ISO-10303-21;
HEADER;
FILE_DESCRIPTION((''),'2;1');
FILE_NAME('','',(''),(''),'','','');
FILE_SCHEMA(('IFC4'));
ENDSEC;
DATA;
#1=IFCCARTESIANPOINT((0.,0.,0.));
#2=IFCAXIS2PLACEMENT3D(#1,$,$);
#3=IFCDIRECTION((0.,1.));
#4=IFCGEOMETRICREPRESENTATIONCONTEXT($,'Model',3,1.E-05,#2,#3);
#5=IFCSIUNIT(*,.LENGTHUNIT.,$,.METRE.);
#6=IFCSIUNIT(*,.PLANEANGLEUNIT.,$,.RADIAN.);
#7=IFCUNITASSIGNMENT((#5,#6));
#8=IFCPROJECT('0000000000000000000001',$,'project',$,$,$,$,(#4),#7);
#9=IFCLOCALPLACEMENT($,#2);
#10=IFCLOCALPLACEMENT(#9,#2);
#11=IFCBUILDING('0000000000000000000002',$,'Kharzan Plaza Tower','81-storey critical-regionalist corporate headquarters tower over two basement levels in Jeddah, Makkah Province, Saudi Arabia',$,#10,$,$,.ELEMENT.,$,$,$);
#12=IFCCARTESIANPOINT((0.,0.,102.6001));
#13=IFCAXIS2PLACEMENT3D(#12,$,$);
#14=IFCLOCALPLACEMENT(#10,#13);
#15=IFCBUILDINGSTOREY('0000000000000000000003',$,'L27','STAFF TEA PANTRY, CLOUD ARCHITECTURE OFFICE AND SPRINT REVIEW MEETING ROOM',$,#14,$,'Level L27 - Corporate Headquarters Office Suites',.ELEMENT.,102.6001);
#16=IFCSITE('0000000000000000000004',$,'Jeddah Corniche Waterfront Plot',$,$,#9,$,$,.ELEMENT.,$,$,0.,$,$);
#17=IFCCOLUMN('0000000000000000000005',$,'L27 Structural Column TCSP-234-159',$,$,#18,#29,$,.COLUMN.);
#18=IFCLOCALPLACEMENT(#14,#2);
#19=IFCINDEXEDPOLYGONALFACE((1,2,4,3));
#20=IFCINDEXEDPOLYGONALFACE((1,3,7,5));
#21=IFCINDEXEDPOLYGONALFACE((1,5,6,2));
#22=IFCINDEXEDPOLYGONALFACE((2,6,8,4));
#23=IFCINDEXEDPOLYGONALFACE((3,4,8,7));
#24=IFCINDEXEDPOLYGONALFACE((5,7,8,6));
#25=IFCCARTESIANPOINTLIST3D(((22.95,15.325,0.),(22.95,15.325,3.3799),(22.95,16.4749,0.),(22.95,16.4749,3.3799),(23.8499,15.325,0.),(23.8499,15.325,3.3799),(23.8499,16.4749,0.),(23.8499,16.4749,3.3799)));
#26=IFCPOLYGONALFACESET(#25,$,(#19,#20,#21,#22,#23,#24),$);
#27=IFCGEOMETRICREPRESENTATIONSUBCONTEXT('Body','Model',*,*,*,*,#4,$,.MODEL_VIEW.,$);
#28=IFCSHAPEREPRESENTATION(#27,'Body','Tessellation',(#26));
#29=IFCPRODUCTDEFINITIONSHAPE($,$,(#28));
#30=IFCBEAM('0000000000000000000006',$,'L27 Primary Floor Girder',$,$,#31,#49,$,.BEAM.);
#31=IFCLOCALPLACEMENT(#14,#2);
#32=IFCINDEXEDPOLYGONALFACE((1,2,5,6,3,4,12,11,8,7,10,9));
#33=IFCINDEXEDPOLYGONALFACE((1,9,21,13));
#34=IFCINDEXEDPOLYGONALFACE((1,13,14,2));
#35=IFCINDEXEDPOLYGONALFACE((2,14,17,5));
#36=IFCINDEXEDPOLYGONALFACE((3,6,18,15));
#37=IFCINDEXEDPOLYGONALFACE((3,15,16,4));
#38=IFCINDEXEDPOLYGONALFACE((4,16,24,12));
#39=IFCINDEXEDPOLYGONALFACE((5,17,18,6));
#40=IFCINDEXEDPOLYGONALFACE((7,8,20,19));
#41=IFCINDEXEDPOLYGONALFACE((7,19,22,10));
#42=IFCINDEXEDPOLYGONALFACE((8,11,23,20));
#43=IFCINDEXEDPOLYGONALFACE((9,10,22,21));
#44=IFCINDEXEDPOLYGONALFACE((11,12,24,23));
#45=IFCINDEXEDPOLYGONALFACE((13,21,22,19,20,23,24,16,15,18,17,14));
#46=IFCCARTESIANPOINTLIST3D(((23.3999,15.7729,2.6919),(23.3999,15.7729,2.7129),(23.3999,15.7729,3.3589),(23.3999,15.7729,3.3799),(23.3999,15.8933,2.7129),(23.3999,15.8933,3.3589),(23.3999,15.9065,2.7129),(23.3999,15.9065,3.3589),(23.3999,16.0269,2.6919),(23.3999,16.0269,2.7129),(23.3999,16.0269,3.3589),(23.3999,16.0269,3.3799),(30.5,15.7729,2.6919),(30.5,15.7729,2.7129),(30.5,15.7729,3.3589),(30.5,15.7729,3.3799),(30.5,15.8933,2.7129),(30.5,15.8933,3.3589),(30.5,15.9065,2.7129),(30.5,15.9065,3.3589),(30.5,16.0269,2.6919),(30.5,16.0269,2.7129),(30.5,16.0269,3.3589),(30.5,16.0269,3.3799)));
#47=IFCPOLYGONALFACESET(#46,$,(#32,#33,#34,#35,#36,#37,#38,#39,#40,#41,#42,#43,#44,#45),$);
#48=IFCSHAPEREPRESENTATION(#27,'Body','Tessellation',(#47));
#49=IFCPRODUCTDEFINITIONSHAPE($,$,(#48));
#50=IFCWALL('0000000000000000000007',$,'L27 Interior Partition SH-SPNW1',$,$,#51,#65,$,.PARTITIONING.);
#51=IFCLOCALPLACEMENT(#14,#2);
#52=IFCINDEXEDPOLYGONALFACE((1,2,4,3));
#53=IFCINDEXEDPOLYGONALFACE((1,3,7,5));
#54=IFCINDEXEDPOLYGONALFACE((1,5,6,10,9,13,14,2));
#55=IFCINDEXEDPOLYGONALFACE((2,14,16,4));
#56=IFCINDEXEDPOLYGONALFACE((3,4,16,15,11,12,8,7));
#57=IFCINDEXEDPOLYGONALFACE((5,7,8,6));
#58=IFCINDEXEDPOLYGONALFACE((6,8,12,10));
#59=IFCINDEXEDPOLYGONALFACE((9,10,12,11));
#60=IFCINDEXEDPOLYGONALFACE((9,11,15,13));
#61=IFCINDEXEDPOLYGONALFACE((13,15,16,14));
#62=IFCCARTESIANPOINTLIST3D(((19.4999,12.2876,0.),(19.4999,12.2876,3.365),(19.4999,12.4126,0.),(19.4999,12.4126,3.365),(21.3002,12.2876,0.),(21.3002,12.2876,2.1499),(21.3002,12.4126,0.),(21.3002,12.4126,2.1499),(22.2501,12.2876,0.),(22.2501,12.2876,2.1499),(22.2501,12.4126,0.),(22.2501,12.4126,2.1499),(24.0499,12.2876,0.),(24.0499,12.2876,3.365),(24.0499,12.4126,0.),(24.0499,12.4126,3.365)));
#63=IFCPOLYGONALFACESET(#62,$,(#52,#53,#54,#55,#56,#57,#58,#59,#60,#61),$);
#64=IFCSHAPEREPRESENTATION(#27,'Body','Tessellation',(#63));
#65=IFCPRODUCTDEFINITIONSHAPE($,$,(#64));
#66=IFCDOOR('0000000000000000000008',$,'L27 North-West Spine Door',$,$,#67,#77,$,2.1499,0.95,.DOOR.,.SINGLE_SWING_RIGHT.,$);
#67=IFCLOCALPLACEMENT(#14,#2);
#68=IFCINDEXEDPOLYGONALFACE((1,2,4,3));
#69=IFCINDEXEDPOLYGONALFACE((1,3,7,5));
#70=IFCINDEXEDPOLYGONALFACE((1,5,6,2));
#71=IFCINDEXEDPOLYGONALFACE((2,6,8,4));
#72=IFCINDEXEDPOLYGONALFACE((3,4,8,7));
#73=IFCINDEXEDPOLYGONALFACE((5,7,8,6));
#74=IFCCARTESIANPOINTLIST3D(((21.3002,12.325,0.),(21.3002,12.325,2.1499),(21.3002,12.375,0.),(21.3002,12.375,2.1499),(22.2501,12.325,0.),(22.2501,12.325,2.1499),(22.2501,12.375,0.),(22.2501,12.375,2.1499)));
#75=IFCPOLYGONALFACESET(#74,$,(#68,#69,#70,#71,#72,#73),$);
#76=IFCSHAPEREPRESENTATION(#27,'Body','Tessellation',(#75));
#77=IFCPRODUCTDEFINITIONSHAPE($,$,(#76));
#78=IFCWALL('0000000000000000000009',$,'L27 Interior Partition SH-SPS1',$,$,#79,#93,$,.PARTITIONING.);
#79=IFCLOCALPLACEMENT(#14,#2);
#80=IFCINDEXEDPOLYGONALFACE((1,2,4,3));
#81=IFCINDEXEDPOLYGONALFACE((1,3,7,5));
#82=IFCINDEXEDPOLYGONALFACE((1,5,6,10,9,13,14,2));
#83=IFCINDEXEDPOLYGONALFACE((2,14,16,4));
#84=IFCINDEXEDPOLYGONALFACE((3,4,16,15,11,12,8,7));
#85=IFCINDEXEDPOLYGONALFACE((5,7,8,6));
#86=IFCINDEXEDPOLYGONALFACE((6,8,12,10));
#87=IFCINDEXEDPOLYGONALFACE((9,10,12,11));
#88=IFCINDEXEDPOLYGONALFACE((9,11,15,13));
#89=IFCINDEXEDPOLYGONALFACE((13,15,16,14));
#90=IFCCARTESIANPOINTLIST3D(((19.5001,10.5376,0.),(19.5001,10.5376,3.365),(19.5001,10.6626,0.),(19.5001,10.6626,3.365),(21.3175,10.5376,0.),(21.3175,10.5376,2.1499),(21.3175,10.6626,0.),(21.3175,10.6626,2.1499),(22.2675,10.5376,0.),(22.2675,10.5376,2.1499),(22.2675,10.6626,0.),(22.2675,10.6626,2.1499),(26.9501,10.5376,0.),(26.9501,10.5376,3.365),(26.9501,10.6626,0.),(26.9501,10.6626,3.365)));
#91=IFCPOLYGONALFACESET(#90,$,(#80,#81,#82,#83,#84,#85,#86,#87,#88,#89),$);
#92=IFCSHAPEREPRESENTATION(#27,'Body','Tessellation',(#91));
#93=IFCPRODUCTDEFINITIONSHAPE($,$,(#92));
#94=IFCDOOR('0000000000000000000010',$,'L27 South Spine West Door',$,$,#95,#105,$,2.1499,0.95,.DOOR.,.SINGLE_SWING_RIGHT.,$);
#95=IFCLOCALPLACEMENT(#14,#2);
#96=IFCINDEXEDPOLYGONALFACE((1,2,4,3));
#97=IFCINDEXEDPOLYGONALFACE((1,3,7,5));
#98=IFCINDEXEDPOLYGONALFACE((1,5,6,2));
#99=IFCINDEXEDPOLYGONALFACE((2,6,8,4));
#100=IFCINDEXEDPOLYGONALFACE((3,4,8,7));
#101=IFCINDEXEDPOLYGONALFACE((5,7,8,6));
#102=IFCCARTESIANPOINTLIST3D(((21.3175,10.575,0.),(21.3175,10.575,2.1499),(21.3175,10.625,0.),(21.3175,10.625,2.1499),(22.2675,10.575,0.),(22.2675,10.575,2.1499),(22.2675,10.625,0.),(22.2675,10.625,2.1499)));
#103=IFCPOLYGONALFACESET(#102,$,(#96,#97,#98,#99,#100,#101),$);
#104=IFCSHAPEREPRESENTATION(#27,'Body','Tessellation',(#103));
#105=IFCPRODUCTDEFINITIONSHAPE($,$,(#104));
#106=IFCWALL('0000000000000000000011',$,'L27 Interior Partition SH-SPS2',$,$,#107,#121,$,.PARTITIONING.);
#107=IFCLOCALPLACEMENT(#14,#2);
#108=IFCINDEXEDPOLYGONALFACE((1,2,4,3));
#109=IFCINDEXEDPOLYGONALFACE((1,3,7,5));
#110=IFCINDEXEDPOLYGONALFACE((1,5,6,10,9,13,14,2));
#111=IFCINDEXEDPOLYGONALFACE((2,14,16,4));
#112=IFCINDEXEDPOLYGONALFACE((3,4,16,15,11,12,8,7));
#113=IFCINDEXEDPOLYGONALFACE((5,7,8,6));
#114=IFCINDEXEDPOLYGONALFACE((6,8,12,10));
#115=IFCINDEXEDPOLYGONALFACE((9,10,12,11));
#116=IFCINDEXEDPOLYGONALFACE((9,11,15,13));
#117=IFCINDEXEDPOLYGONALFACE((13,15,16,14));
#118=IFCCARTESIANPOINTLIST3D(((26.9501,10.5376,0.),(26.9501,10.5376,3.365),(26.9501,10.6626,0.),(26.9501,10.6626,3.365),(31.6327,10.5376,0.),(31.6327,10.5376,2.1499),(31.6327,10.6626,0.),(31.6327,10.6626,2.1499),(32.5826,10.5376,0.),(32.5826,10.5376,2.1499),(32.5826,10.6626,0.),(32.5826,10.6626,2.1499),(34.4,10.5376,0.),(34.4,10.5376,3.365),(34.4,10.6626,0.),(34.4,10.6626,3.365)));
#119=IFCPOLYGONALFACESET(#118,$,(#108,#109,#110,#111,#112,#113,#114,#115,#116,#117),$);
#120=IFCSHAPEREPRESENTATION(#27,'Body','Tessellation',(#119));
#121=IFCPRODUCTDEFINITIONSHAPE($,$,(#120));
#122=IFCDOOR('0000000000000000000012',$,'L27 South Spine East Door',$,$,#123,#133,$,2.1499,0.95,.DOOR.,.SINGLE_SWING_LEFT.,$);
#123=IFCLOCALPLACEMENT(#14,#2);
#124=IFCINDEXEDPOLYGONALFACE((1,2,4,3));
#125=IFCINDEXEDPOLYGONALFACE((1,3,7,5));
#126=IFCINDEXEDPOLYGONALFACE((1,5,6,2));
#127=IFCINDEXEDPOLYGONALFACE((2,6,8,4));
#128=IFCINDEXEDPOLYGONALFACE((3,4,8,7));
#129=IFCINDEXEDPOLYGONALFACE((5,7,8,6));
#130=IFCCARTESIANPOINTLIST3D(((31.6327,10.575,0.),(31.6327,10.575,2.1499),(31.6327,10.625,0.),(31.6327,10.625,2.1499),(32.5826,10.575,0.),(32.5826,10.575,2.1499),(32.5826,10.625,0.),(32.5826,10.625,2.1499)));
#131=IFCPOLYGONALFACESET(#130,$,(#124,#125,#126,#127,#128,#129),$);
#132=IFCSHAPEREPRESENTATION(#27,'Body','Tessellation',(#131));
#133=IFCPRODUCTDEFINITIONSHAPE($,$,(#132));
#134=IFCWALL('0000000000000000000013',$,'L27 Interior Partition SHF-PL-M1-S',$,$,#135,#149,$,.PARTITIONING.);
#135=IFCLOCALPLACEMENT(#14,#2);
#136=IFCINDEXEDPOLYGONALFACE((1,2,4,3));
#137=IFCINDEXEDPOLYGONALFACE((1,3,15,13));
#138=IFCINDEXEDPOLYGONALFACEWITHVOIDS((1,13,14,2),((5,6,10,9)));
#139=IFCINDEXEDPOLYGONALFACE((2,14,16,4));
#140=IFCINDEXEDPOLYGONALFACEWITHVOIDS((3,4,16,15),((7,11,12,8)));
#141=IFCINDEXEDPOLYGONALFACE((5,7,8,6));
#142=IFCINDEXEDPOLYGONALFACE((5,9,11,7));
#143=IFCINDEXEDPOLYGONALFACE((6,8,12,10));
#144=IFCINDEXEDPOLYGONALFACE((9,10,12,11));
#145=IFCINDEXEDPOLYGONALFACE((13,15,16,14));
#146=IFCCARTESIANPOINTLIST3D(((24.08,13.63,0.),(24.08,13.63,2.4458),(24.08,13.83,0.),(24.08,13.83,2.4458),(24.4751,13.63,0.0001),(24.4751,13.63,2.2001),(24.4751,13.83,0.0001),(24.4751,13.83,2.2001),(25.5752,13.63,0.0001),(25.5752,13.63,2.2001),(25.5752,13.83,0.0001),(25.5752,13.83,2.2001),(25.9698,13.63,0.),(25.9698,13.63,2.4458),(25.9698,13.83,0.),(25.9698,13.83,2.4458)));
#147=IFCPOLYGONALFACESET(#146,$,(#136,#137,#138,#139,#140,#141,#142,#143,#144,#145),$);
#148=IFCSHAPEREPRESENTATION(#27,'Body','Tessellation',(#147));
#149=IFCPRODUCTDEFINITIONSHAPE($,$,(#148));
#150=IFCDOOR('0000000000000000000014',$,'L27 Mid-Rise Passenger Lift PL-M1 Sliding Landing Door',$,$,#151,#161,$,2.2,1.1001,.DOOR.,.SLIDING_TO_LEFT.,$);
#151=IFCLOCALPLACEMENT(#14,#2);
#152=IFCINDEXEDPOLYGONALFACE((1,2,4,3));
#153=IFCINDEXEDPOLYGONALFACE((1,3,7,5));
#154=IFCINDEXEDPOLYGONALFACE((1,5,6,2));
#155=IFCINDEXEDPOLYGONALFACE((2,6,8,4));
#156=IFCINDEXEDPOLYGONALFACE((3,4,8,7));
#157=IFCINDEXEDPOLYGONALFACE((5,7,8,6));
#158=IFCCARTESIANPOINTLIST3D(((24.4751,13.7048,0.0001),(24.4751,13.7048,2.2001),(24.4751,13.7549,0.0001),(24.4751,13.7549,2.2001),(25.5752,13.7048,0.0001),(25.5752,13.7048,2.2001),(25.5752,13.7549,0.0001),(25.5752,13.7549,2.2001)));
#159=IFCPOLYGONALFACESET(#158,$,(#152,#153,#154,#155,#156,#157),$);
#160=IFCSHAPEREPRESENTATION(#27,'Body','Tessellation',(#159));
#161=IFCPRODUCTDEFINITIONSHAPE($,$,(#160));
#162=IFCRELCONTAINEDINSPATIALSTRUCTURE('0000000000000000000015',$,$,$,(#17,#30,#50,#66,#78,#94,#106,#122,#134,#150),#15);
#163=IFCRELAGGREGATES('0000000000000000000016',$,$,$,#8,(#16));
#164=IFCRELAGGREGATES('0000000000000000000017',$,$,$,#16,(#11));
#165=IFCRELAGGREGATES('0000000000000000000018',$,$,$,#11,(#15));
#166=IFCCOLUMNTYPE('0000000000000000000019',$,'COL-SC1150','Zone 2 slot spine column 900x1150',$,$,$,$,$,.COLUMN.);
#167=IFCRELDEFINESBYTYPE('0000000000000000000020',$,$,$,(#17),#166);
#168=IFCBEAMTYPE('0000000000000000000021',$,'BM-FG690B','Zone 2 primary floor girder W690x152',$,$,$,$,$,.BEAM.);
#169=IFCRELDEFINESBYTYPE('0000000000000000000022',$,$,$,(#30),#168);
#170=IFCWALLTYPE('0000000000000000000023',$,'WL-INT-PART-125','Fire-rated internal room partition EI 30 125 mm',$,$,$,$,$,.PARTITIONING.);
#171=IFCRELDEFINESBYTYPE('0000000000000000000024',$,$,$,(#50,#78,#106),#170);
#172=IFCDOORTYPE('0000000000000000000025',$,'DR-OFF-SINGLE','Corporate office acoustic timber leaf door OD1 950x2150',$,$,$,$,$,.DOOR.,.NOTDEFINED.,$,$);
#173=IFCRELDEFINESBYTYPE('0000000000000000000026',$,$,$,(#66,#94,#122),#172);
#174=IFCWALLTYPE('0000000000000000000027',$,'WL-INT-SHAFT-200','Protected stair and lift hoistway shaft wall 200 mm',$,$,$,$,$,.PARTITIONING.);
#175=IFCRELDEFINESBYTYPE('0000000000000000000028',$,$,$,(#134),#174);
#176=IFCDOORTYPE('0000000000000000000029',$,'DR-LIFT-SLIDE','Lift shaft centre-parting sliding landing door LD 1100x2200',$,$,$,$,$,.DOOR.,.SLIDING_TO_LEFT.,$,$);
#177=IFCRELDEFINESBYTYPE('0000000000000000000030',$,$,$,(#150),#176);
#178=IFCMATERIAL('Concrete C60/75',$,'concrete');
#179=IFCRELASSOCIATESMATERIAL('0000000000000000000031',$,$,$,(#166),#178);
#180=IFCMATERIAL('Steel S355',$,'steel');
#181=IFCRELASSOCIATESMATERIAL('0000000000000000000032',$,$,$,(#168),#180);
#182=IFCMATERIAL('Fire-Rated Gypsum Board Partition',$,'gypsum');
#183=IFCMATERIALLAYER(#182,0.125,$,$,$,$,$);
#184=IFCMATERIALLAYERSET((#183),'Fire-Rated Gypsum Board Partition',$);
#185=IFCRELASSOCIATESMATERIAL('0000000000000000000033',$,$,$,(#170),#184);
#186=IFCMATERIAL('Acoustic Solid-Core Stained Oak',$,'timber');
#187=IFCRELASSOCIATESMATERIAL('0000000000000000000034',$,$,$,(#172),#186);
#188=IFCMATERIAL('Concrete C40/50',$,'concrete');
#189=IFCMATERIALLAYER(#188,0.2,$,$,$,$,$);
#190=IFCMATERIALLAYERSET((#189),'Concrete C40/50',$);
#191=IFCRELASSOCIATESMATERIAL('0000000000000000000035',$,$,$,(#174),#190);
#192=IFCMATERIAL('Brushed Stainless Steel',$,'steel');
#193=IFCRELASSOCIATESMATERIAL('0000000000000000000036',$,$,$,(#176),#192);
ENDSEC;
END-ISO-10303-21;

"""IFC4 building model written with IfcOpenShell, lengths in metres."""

from ifc_helpers import new_model, si_unit, direction, frame, frame_2d, origin, origin_2d, place, context, subcontext, project, spatial, rectangle, i_section, extrude, source, transform, mapped, material, layer, layer_set, material_profile, profile_set, type_object, element, fill, save


model = new_model("IFC4")

# Units and contexts
model_context = context("Model", 3, precision=1e-05, world=origin(), true_north=direction((0.0, 1.0)))
body_context = subcontext(model_context, "Body", "Model", "MODEL_VIEW")
ifc_project = project(units=[si_unit("LENGTHUNIT", "METRE"), si_unit("PLANEANGLEUNIT", "RADIAN")], contexts=[model_context])

# Site, building, storey
site_placement = place(None, origin())
site = spatial("IfcSite", under=ifc_project, at=site_placement, Name="Jeddah Corniche Waterfront Plot", CompositionType="ELEMENT", RefElevation=0.0)
building_placement = place(site_placement, origin())
building = spatial("IfcBuilding", under=site, at=building_placement, Name="Kharzan Plaza Tower", Description="81-storey critical-regionalist corporate headquarters tower over two basement levels in Jeddah, Makkah Province, Saudi Arabia", CompositionType="ELEMENT")
storey_placement = place(building_placement, frame((0.0, 0.0, 102.6001)))
storey = spatial("IfcBuildingStorey", under=building, at=storey_placement, Name="L27", Description="STAFF TEA PANTRY, CLOUD ARCHITECTURE OFFICE AND SPRINT REVIEW MEETING ROOM", LongName="Level L27 - Corporate Headquarters Office Suites", CompositionType="ELEMENT", Elevation=102.6001)

# Column
ifc_material_1 = material(Name="Concrete C60/75", Category="concrete")
ifc_material_profile_1 = material_profile(ifc_material_1, rectangle(XDim=0.8999, YDim=1.1499, at=origin_2d()), Name="RC-SC1150x900")
ifc_profile_set_1 = profile_set([ifc_material_profile_1], Name="Concrete C60/75")
column_type = type_object("IfcColumnType", Name="COL-SC1150", Description="Zone 2 slot spine column 900x1150", PredefinedType="COLUMN", material=ifc_profile_set_1)
shared_shape_1 = source(origin(), body_context, "Body", "SweptSolid", [
    extrude(rectangle(XDim=0.8999, YDim=1.1499, at=origin_2d()), origin(), (0.0, 0.0, 1.0), 3.3799),
])
column_placement = place(storey_placement, frame((23.3999, 15.8999, 0.0), z_axis=(0.0, 0.0, 1.0), x_axis=(1.0, 0.0, 0.0)))
element("IfcColumn", 1, at=column_placement, inside=storey, type_object=column_type, Name="L27 Structural Column TCSP-234-159", PredefinedType="COLUMN", context=body_context, shape_type="MappedRepresentation", body=[
    mapped(shared_shape_1, transform((0.0, 0.0, 0.0), x_axis=(1.0, 0.0, 0.0), y_axis=(0.0, 1.0, 0.0), z_axis=(0.0, 0.0, 1.0))),
])

# Beam
ifc_material_2 = material(Name="Steel S355", Category="steel")
ifc_material_profile_2 = material_profile(ifc_material_2, i_section(OverallWidth=0.2539, OverallDepth=0.688, WebThickness=0.0132, FlangeThickness=0.021, at=origin_2d()), Name="W690x152")
ifc_profile_set_2 = profile_set([ifc_material_profile_2], Name="Steel S355")
beam_type = type_object("IfcBeamType", Name="BM-FG690B", Description="Zone 2 primary floor girder W690x152", PredefinedType="BEAM", material=ifc_profile_set_2)
shared_shape_2 = source(origin(), body_context, "Body", "SweptSolid", [
    extrude(i_section(OverallWidth=0.2539, OverallDepth=0.688, WebThickness=0.0132, FlangeThickness=0.021, at=origin_2d()), origin(), (0.0, 0.0, 1.0), 7.1001),
])
beam_placement = place(storey_placement, frame((23.3999, 15.8999, 3.0359), z_axis=(1.0, 0.0, 0.0), x_axis=(0.0, 1.0, 0.0)))
element("IfcBeam", 2, at=beam_placement, inside=storey, type_object=beam_type, Name="L27 Primary Floor Girder", PredefinedType="BEAM", context=body_context, shape_type="MappedRepresentation", body=[
    mapped(shared_shape_2, transform((0.0, 0.0, 0.0), x_axis=(1.0, 0.0, 0.0), y_axis=(0.0, 1.0, 0.0), z_axis=(0.0, 0.0, 1.0))),
])

# Walls, openings, doors
ifc_material_3 = material(Name="Fire-Rated Gypsum Board Partition", Category="gypsum")
ifc_layer_1 = layer(ifc_material_3, 0.125)
ifc_layer_set_1 = layer_set([ifc_layer_1], Name="Fire-Rated Gypsum Board Partition")
wall_type_1 = type_object("IfcWallType", Name="WL-INT-PART-125", Description="Fire-rated internal room partition EI 30 125 mm", PredefinedType="PARTITIONING", material=ifc_layer_set_1)
wall_1_placement = place(storey_placement, frame((19.5, 12.3501, 0.0), z_axis=(0.0, 0.0, 1.0), x_axis=(1.0, 0.0, 0.0)))
wall_1 = element("IfcWall", 3, at=wall_1_placement, inside=storey, type_object=wall_type_1, Name="L27 Interior Partition SH-SPNW1", PredefinedType="PARTITIONING", context=body_context, shape_type="SweptSolid", body=[
    extrude(rectangle(XDim=4.55, YDim=0.125, at=frame_2d((2.2749, 0.0))), origin(), (0.0, 0.0, 1.0), 3.365),
])
opening_1_placement = place(wall_1_placement, frame((1.8, 0.0, 0.0)))
opening_1 = element("IfcOpeningElement", 4, at=opening_1_placement, cuts=wall_1, PredefinedType="OPENING", context=body_context, shape_type="SweptSolid", body=[
    extrude(rectangle(XDim=0.95, YDim=2.1499, at=frame_2d((0.4751, 1.075))), frame((0.0, 0.0725, 0.0), z_axis=(0.0, -1.0, 0.0), x_axis=(1.0, 0.0, 0.0)), (0.0, 0.0, 1.0), 0.145),
])
ifc_material_4 = material(Name="Acoustic Solid-Core Stained Oak", Category="timber")
door_type_1 = type_object("IfcDoorType", Name="DR-OFF-SINGLE", Description="Corporate office acoustic timber leaf door OD1 950x2150", OperationType="NOTDEFINED", PredefinedType="DOOR", material=ifc_material_4)
shared_shape_3 = source(origin(), body_context, "Body", "SweptSolid", [
    extrude(rectangle(XDim=0.95, YDim=2.1499, at=frame_2d((0.4751, 1.075))), frame((0.0, 0.0249, 0.0), z_axis=(0.0, -1.0, 0.0), x_axis=(1.0, 0.0, 0.0)), (0.0, 0.0, 1.0), 0.05),
])
door_1_placement = place(opening_1_placement, origin())
door_1 = element("IfcDoor", 5, at=door_1_placement, inside=storey, type_object=door_type_1, Name="L27 North-West Spine Door", OperationType="SINGLE_SWING_RIGHT", OverallHeight=2.1499, OverallWidth=0.95, PredefinedType="DOOR", context=body_context, shape_type="MappedRepresentation", body=[
    mapped(shared_shape_3, transform((0.0, 0.0, 0.0), x_axis=(1.0, 0.0, 0.0), y_axis=(0.0, 1.0, 0.0), z_axis=(0.0, 0.0, 1.0))),
])
fill(opening_1, door_1)
wall_2_placement = place(storey_placement, frame((19.5, 10.6001, 0.0), z_axis=(0.0, 0.0, 1.0), x_axis=(1.0, 0.0, 0.0)))
wall_2 = element("IfcWall", 6, at=wall_2_placement, inside=storey, type_object=wall_type_1, Name="L27 Interior Partition SH-SPS1", PredefinedType="PARTITIONING", context=body_context, shape_type="SweptSolid", body=[
    extrude(rectangle(XDim=7.45, YDim=0.125, at=frame_2d((3.7251, 0.0))), origin(), (0.0, 0.0, 1.0), 3.365),
])
opening_2_placement = place(wall_2_placement, frame((1.8174, 0.0, 0.0)))
opening_2 = element("IfcOpeningElement", 7, at=opening_2_placement, cuts=wall_2, PredefinedType="OPENING", context=body_context, shape_type="SweptSolid", body=[
    extrude(rectangle(XDim=0.95, YDim=2.1499, at=frame_2d((0.4751, 1.075))), frame((0.0, 0.0725, 0.0), z_axis=(0.0, -1.0, 0.0), x_axis=(1.0, 0.0, 0.0)), (0.0, 0.0, 1.0), 0.145),
])
door_2_placement = place(opening_2_placement, origin())
door_2 = element("IfcDoor", 8, at=door_2_placement, inside=storey, type_object=door_type_1, Name="L27 South Spine West Door", OperationType="SINGLE_SWING_RIGHT", OverallHeight=2.1499, OverallWidth=0.95, PredefinedType="DOOR", context=body_context, shape_type="MappedRepresentation", body=[
    mapped(shared_shape_3, transform((0.0, 0.0, 0.0), x_axis=(1.0, 0.0, 0.0), y_axis=(0.0, 1.0, 0.0), z_axis=(0.0, 0.0, 1.0))),
])
fill(opening_2, door_2)
wall_3_placement = place(storey_placement, frame((26.95, 10.6001, 0.0), z_axis=(0.0, 0.0, 1.0), x_axis=(1.0, 0.0, 0.0)))
wall_3 = element("IfcWall", 9, at=wall_3_placement, inside=storey, type_object=wall_type_1, Name="L27 Interior Partition SH-SPS2", PredefinedType="PARTITIONING", context=body_context, shape_type="SweptSolid", body=[
    extrude(rectangle(XDim=7.45, YDim=0.125, at=frame_2d((3.7251, 0.0))), origin(), (0.0, 0.0, 1.0), 3.365),
])
opening_3_placement = place(wall_3_placement, frame((4.6826, 0.0, 0.0)))
opening_3 = element("IfcOpeningElement", 10, at=opening_3_placement, cuts=wall_3, PredefinedType="OPENING", context=body_context, shape_type="SweptSolid", body=[
    extrude(rectangle(XDim=0.95, YDim=2.1499, at=frame_2d((0.4751, 1.075))), frame((0.0, 0.0725, 0.0), z_axis=(0.0, -1.0, 0.0), x_axis=(1.0, 0.0, 0.0)), (0.0, 0.0, 1.0), 0.145),
])
door_3_placement = place(opening_3_placement, origin())
door_3 = element("IfcDoor", 11, at=door_3_placement, inside=storey, type_object=door_type_1, Name="L27 South Spine East Door", OperationType="SINGLE_SWING_LEFT", OverallHeight=2.1499, OverallWidth=0.95, PredefinedType="DOOR", context=body_context, shape_type="MappedRepresentation", body=[
    mapped(shared_shape_3, transform((0.0, 0.0, 0.0), x_axis=(1.0, 0.0, 0.0), y_axis=(0.0, 1.0, 0.0), z_axis=(0.0, 0.0, 1.0))),
])
fill(opening_3, door_3)
ifc_material_5 = material(Name="Concrete C40/50", Category="concrete")
ifc_layer_2 = layer(ifc_material_5, 0.2)
ifc_layer_set_2 = layer_set([ifc_layer_2], Name="Concrete C40/50")
wall_type_2 = type_object("IfcWallType", Name="WL-INT-SHAFT-200", Description="Protected stair and lift hoistway shaft wall 200 mm", PredefinedType="PARTITIONING", material=ifc_layer_set_2)
wall_4_placement = place(storey_placement, frame((24.0801, 13.73, 0.0), z_axis=(0.0, 0.0, 1.0), x_axis=(1.0, 0.0, 0.0)))
wall_4 = element("IfcWall", 12, at=wall_4_placement, inside=storey, type_object=wall_type_2, Name="L27 Interior Partition SHF-PL-M1-S", PredefinedType="PARTITIONING", context=body_context, shape_type="SweptSolid", body=[
    extrude(rectangle(XDim=1.8899, YDim=0.2, at=frame_2d((0.9448, 0.0))), origin(), (0.0, 0.0, 1.0), 2.4458),
])
opening_4_placement = place(wall_4_placement, frame((0.395, 0.0, 0.0)))
opening_4 = element("IfcOpeningElement", 13, at=opening_4_placement, cuts=wall_4, PredefinedType="OPENING", context=body_context, shape_type="SweptSolid", body=[
    extrude(rectangle(XDim=1.1001, YDim=2.2, at=frame_2d((0.55, 1.1001))), frame((0.0, 0.1099, 0.0), z_axis=(0.0, -1.0, 0.0), x_axis=(1.0, 0.0, 0.0)), (0.0, 0.0, 1.0), 0.22),
])
ifc_material_6 = material(Name="Brushed Stainless Steel", Category="steel")
door_type_2 = type_object("IfcDoorType", Name="DR-LIFT-SLIDE", Description="Lift shaft centre-parting sliding landing door LD 1100x2200", OperationType="SLIDING_TO_LEFT", PredefinedType="DOOR", material=ifc_material_6)
shared_shape_4 = source(origin(), body_context, "Body", "SweptSolid", [
    extrude(rectangle(XDim=1.1001, YDim=2.2, at=frame_2d((0.55, 1.1001))), frame((0.0, 0.0249, 0.0), z_axis=(0.0, -1.0, 0.0), x_axis=(1.0, 0.0, 0.0)), (0.0, 0.0, 1.0), 0.05),
])
door_4_placement = place(opening_4_placement, origin())
door_4 = element("IfcDoor", 14, at=door_4_placement, inside=storey, type_object=door_type_2, Name="L27 Mid-Rise Passenger Lift PL-M1 Sliding Landing Door", OperationType="SLIDING_TO_LEFT", OverallHeight=2.2, OverallWidth=1.1001, PredefinedType="DOOR", context=body_context, shape_type="MappedRepresentation", body=[
    mapped(shared_shape_4, transform((0.0, 0.0, 0.0), x_axis=(1.0, 0.0, 0.0), y_axis=(0.0, 1.0, 0.0), z_axis=(0.0, 0.0, 1.0))),
])
fill(opening_4, door_4)

save(model, "model.ifc")
